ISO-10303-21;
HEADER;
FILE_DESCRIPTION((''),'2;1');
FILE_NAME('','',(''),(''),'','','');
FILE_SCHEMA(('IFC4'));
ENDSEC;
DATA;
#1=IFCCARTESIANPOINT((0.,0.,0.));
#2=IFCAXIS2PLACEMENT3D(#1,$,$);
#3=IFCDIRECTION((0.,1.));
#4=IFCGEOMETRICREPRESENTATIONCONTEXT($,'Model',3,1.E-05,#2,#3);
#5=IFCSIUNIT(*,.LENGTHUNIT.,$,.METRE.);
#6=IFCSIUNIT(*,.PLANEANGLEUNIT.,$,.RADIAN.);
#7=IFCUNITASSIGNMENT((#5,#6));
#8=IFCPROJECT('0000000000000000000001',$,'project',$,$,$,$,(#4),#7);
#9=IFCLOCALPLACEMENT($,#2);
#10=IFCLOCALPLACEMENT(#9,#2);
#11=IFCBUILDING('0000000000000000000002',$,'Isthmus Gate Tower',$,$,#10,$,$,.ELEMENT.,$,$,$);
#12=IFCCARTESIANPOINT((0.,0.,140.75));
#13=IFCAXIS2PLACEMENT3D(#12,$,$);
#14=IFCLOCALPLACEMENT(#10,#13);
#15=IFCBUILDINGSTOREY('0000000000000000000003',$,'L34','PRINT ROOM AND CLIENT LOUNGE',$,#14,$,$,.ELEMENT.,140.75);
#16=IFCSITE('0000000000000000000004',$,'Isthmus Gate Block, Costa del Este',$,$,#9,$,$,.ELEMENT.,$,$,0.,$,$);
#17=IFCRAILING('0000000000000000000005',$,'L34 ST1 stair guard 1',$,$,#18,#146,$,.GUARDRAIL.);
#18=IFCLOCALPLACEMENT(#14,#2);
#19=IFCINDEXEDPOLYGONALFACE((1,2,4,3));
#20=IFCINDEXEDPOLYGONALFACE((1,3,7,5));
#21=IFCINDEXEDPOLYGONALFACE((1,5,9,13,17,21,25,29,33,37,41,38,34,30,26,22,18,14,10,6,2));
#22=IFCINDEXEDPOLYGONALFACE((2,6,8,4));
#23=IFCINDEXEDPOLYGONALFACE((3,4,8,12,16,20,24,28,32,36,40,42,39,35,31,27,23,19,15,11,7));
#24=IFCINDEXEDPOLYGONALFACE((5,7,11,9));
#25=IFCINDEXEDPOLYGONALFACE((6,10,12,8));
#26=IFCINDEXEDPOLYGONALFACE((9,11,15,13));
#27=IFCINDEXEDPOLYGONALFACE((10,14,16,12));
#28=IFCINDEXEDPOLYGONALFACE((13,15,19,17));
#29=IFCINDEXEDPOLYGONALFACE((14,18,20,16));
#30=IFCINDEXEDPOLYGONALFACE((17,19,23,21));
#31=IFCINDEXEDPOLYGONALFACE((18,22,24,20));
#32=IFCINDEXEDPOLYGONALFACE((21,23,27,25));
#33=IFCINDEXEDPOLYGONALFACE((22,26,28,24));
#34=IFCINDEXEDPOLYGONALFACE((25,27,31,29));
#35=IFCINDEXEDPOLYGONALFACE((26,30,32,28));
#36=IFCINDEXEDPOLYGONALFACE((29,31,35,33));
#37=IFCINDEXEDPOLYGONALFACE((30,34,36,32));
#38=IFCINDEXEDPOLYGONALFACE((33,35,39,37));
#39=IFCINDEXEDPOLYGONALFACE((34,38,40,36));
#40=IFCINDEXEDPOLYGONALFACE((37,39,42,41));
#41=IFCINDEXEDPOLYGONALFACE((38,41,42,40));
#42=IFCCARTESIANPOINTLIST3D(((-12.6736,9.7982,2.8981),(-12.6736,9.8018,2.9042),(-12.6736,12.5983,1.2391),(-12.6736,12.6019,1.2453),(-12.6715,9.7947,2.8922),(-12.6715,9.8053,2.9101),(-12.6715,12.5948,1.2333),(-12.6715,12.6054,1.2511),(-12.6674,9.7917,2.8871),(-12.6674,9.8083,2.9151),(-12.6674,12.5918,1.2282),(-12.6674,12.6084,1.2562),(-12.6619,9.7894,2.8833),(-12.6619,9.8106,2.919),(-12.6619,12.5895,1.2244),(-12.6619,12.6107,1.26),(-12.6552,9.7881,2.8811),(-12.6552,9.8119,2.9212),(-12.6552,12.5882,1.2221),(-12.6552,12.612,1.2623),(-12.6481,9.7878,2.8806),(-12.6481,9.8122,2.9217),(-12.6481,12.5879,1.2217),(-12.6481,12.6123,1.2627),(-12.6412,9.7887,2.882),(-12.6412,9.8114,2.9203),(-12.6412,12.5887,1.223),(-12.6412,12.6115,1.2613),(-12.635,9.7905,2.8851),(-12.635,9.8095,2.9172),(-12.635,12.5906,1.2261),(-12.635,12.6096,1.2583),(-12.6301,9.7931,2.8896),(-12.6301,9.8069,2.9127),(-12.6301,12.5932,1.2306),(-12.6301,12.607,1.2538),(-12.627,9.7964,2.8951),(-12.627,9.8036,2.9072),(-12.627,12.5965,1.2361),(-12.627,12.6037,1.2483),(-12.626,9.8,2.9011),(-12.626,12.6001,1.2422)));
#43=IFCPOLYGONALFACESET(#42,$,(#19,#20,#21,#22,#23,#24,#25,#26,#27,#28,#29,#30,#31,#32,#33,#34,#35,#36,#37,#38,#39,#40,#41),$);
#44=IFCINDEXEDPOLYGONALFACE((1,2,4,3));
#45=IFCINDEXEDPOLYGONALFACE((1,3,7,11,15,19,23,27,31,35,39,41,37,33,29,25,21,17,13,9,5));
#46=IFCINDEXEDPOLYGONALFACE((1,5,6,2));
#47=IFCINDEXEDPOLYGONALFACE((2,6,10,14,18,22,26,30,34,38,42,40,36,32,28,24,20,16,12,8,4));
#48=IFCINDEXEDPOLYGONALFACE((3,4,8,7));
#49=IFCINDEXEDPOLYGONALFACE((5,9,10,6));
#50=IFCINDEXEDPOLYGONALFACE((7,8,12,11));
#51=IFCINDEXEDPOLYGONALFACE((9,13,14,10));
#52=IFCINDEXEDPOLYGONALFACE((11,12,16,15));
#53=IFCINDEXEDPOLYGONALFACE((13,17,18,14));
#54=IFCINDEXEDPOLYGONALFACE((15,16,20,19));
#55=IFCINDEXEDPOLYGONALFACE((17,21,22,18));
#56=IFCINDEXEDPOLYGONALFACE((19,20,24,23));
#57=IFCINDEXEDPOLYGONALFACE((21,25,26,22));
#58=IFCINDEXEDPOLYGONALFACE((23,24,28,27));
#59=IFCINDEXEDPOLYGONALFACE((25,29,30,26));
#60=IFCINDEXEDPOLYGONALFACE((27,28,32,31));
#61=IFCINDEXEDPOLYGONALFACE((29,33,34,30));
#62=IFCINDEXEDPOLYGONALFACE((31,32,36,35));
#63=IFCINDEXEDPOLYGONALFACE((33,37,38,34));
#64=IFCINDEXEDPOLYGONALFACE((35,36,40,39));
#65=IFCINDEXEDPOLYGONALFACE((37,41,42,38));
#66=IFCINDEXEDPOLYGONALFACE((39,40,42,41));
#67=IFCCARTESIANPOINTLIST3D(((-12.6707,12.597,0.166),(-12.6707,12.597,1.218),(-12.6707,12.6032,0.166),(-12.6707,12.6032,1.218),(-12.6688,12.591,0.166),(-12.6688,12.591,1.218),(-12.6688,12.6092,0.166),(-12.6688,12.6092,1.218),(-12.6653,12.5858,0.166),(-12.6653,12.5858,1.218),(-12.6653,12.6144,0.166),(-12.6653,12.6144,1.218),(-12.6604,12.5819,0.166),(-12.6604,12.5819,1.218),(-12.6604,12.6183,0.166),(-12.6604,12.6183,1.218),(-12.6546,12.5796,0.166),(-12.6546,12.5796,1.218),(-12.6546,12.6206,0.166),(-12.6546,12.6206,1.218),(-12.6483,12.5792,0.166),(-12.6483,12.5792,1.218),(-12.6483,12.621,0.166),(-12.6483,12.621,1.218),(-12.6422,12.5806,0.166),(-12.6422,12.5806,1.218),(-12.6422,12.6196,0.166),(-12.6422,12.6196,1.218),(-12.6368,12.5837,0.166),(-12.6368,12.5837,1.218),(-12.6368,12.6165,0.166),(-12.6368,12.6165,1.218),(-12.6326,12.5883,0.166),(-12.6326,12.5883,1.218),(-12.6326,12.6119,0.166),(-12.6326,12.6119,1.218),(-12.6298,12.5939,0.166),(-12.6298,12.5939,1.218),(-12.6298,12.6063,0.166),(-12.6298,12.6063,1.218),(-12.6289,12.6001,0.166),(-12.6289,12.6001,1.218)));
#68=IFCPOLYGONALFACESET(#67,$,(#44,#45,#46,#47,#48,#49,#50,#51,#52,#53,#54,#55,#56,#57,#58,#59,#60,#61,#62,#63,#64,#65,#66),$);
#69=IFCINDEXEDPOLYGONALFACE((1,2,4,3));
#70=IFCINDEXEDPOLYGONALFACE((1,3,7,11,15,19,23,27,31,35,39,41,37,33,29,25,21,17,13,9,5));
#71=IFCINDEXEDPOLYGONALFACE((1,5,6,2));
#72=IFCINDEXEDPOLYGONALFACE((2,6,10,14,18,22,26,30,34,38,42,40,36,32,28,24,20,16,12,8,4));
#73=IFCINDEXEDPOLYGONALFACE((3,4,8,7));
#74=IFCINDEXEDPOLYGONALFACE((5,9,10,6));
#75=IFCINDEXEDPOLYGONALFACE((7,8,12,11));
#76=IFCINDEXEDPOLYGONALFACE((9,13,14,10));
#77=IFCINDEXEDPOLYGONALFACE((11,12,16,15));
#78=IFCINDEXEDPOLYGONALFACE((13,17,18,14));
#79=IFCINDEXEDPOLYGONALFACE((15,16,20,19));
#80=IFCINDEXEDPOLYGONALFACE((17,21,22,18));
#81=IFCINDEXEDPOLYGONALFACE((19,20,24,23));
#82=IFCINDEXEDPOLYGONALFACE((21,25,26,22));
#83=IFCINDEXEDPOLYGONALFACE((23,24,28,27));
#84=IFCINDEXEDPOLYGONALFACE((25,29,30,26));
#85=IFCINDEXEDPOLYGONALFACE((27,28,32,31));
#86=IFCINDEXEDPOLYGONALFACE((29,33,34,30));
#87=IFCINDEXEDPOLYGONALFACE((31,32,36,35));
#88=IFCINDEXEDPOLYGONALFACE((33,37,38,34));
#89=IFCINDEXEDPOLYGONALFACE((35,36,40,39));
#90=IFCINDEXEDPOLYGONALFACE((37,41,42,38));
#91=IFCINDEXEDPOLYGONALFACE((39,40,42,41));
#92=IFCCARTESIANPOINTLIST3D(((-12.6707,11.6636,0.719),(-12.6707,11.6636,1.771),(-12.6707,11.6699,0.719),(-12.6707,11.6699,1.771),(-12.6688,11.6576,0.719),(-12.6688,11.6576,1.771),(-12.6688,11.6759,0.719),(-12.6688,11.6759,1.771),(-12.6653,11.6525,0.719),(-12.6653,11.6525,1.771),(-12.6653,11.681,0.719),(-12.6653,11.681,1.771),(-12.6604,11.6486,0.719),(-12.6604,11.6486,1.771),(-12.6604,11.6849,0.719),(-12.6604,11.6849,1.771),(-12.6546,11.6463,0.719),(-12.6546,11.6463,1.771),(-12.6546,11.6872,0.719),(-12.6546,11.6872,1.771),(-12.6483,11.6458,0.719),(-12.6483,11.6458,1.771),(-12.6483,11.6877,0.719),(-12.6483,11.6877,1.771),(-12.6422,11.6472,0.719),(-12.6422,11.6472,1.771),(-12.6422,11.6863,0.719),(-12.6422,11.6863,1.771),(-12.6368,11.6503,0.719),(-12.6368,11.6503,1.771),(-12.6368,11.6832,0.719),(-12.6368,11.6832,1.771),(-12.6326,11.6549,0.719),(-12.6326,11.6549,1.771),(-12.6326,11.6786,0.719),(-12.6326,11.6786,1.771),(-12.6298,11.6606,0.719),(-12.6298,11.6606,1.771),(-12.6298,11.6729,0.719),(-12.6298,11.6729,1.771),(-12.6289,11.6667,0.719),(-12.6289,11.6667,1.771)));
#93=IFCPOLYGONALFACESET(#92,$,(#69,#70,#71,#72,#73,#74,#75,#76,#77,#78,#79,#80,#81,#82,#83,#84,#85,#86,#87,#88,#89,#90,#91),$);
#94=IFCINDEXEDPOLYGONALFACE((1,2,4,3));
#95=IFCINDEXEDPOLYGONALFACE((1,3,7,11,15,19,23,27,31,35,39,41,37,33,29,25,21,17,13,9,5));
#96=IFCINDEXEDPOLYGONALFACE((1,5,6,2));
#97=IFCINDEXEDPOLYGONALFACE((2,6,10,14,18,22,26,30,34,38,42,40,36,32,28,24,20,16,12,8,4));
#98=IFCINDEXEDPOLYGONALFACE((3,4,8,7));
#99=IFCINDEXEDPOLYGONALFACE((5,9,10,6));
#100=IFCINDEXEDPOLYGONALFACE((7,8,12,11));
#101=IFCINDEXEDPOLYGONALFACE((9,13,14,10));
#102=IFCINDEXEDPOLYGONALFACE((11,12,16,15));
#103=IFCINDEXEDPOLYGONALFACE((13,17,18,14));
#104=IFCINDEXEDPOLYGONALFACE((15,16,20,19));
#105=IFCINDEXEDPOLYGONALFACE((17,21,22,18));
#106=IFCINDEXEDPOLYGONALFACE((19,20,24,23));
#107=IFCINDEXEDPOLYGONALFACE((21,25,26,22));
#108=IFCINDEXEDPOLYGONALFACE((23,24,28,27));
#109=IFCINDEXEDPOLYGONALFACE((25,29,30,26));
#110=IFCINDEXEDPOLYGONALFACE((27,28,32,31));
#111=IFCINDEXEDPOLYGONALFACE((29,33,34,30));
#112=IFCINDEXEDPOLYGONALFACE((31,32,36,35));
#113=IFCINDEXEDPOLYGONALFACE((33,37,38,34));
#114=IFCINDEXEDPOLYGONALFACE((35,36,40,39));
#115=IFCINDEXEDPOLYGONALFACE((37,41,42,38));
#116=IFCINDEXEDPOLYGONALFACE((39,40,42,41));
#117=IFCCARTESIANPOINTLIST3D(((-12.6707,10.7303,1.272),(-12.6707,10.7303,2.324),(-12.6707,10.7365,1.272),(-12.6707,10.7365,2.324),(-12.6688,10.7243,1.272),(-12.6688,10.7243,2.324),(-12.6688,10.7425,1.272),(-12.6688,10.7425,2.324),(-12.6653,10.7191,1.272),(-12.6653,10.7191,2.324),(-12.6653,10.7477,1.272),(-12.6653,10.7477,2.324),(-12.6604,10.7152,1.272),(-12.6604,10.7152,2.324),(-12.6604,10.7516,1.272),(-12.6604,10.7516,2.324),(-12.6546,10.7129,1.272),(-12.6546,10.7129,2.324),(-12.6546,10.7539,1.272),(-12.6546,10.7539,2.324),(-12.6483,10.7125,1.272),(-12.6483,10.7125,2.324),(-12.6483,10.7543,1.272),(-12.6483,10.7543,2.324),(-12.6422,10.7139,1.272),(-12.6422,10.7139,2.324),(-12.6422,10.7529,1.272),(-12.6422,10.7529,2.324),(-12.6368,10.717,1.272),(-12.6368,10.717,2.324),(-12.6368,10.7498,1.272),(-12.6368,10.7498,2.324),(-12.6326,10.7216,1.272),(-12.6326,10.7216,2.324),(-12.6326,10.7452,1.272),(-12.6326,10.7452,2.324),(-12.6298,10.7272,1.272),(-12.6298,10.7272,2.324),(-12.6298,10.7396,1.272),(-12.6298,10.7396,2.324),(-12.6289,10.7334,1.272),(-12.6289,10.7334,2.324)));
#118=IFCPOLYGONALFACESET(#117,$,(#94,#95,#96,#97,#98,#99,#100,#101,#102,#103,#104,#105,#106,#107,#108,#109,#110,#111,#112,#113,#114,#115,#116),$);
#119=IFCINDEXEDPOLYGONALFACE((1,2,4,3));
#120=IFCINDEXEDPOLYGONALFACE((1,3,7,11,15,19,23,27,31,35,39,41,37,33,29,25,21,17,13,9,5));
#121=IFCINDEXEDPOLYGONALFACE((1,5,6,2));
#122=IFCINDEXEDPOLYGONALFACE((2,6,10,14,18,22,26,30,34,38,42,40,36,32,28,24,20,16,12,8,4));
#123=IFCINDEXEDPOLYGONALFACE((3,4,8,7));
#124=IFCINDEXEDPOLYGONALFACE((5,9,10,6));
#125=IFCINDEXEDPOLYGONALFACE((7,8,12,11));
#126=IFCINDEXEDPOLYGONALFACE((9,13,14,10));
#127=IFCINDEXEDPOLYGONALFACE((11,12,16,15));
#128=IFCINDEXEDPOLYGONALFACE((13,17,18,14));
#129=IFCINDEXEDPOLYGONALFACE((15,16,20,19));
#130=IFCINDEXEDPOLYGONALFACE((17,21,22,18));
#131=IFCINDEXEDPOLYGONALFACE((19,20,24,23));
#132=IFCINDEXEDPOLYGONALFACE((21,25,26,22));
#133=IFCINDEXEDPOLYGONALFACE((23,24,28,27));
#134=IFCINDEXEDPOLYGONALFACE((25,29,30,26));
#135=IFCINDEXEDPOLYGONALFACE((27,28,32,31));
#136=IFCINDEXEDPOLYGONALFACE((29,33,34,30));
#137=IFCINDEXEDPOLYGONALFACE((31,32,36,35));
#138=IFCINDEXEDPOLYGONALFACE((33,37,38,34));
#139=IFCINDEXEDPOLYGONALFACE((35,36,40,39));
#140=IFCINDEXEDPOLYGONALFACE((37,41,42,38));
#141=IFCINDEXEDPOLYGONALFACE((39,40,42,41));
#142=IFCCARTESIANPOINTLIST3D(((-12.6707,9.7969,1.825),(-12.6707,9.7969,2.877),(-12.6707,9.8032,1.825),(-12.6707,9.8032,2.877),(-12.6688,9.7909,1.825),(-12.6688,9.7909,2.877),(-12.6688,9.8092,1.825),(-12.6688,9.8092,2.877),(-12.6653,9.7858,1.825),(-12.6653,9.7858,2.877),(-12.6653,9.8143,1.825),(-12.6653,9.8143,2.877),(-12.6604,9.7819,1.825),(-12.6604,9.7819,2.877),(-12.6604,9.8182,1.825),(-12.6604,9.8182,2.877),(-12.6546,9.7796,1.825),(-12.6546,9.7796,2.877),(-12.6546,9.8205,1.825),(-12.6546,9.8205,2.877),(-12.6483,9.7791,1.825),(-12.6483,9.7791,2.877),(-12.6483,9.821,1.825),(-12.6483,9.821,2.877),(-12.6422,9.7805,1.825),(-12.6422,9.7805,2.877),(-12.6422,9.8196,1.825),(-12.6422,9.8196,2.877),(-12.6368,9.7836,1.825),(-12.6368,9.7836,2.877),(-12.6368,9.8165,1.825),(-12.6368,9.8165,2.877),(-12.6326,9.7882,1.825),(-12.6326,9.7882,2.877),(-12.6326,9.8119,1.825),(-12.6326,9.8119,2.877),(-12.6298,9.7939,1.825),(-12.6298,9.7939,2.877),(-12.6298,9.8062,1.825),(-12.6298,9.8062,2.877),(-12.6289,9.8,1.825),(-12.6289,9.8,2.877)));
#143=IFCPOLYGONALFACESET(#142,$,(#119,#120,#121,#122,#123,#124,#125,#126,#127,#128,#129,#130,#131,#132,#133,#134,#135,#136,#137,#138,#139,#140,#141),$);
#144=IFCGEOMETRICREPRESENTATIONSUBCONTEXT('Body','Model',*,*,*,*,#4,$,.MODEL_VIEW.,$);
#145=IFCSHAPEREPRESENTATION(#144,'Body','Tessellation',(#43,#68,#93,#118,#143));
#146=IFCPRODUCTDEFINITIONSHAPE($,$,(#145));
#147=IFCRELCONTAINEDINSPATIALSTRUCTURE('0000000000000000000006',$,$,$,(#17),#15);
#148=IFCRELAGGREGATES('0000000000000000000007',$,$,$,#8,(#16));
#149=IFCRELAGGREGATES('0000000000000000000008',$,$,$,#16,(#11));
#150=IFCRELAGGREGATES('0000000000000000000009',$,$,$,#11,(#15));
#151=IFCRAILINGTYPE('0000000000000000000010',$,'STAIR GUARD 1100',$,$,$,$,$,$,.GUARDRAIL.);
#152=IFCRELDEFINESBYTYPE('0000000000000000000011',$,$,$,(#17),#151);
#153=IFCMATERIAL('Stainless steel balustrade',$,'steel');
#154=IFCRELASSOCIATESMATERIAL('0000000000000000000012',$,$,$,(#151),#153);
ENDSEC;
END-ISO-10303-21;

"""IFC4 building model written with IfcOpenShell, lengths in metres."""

from ifc_helpers import new_model, si_unit, direction, frame, origin, origin_2d, place, context, subcontext, project, spatial, circle, extrude, material, type_object, element, save


model = new_model("IFC4")

# Units and contexts
model_context = context("Model", 3, precision=1e-05, world=origin(), true_north=direction((0.0, 1.0)))
body_context = subcontext(model_context, "Body", "Model", "MODEL_VIEW")
ifc_project = project(units=[si_unit("LENGTHUNIT", "METRE"), si_unit("PLANEANGLEUNIT", "RADIAN")], contexts=[model_context])

# Site, building, storey
site_placement = place(None, origin())
site = spatial("IfcSite", under=ifc_project, at=site_placement, Name="Isthmus Gate Block, Costa del Este", CompositionType="ELEMENT", RefElevation=0.0)
building_placement = place(site_placement, origin())
building = spatial("IfcBuilding", under=site, at=building_placement, Name="Isthmus Gate Tower", CompositionType="ELEMENT")
storey_placement = place(building_placement, frame((0.0, 0.0, 140.75)))
storey = spatial("IfcBuildingStorey", under=building, at=storey_placement, Name="L34", Description="PRINT ROOM AND CLIENT LOUNGE", CompositionType="ELEMENT", Elevation=140.75)

# Railing
ifc_material_1 = material(Name="Stainless steel balustrade", Category="steel")
railing_type_1 = type_object("IfcRailingType", Name="STAIR GUARD 1100", PredefinedType="GUARDRAIL", material=ifc_material_1)
railing_1_placement = place(storey_placement, frame((-12.6499, 12.6001, 0.166)))
element("IfcRailing", 1, at=railing_1_placement, inside=storey, type_object=railing_type_1, Name="L34 ST1 stair guard 1", PredefinedType="GUARDRAIL", context=body_context, shape_type="SweptSolid", body=[
    extrude(circle(Radius=0.0239, at=origin_2d()), frame((0.0, 0.0, 1.0762), z_axis=(0.0, -0.860339, 0.509722), x_axis=(1.0, 0.0, 0.0)), (0.0, 0.0, 1.0), 3.2546),
    extrude(circle(Radius=0.021, at=origin_2d()), origin(), (0.0, 0.0, 1.0), 1.052),
    extrude(circle(Radius=0.021, at=origin_2d()), frame((0.0, -0.9333, 0.553)), (0.0, 0.0, 1.0), 1.052),
    extrude(circle(Radius=0.021, at=origin_2d()), frame((0.0, -1.8667, 1.106)), (0.0, 0.0, 1.0), 1.052),
    extrude(circle(Radius=0.021, at=origin_2d()), frame((0.0, -2.8, 1.6589)), (0.0, 0.0, 1.0), 1.052),
])

save(model, "model.ifc")
